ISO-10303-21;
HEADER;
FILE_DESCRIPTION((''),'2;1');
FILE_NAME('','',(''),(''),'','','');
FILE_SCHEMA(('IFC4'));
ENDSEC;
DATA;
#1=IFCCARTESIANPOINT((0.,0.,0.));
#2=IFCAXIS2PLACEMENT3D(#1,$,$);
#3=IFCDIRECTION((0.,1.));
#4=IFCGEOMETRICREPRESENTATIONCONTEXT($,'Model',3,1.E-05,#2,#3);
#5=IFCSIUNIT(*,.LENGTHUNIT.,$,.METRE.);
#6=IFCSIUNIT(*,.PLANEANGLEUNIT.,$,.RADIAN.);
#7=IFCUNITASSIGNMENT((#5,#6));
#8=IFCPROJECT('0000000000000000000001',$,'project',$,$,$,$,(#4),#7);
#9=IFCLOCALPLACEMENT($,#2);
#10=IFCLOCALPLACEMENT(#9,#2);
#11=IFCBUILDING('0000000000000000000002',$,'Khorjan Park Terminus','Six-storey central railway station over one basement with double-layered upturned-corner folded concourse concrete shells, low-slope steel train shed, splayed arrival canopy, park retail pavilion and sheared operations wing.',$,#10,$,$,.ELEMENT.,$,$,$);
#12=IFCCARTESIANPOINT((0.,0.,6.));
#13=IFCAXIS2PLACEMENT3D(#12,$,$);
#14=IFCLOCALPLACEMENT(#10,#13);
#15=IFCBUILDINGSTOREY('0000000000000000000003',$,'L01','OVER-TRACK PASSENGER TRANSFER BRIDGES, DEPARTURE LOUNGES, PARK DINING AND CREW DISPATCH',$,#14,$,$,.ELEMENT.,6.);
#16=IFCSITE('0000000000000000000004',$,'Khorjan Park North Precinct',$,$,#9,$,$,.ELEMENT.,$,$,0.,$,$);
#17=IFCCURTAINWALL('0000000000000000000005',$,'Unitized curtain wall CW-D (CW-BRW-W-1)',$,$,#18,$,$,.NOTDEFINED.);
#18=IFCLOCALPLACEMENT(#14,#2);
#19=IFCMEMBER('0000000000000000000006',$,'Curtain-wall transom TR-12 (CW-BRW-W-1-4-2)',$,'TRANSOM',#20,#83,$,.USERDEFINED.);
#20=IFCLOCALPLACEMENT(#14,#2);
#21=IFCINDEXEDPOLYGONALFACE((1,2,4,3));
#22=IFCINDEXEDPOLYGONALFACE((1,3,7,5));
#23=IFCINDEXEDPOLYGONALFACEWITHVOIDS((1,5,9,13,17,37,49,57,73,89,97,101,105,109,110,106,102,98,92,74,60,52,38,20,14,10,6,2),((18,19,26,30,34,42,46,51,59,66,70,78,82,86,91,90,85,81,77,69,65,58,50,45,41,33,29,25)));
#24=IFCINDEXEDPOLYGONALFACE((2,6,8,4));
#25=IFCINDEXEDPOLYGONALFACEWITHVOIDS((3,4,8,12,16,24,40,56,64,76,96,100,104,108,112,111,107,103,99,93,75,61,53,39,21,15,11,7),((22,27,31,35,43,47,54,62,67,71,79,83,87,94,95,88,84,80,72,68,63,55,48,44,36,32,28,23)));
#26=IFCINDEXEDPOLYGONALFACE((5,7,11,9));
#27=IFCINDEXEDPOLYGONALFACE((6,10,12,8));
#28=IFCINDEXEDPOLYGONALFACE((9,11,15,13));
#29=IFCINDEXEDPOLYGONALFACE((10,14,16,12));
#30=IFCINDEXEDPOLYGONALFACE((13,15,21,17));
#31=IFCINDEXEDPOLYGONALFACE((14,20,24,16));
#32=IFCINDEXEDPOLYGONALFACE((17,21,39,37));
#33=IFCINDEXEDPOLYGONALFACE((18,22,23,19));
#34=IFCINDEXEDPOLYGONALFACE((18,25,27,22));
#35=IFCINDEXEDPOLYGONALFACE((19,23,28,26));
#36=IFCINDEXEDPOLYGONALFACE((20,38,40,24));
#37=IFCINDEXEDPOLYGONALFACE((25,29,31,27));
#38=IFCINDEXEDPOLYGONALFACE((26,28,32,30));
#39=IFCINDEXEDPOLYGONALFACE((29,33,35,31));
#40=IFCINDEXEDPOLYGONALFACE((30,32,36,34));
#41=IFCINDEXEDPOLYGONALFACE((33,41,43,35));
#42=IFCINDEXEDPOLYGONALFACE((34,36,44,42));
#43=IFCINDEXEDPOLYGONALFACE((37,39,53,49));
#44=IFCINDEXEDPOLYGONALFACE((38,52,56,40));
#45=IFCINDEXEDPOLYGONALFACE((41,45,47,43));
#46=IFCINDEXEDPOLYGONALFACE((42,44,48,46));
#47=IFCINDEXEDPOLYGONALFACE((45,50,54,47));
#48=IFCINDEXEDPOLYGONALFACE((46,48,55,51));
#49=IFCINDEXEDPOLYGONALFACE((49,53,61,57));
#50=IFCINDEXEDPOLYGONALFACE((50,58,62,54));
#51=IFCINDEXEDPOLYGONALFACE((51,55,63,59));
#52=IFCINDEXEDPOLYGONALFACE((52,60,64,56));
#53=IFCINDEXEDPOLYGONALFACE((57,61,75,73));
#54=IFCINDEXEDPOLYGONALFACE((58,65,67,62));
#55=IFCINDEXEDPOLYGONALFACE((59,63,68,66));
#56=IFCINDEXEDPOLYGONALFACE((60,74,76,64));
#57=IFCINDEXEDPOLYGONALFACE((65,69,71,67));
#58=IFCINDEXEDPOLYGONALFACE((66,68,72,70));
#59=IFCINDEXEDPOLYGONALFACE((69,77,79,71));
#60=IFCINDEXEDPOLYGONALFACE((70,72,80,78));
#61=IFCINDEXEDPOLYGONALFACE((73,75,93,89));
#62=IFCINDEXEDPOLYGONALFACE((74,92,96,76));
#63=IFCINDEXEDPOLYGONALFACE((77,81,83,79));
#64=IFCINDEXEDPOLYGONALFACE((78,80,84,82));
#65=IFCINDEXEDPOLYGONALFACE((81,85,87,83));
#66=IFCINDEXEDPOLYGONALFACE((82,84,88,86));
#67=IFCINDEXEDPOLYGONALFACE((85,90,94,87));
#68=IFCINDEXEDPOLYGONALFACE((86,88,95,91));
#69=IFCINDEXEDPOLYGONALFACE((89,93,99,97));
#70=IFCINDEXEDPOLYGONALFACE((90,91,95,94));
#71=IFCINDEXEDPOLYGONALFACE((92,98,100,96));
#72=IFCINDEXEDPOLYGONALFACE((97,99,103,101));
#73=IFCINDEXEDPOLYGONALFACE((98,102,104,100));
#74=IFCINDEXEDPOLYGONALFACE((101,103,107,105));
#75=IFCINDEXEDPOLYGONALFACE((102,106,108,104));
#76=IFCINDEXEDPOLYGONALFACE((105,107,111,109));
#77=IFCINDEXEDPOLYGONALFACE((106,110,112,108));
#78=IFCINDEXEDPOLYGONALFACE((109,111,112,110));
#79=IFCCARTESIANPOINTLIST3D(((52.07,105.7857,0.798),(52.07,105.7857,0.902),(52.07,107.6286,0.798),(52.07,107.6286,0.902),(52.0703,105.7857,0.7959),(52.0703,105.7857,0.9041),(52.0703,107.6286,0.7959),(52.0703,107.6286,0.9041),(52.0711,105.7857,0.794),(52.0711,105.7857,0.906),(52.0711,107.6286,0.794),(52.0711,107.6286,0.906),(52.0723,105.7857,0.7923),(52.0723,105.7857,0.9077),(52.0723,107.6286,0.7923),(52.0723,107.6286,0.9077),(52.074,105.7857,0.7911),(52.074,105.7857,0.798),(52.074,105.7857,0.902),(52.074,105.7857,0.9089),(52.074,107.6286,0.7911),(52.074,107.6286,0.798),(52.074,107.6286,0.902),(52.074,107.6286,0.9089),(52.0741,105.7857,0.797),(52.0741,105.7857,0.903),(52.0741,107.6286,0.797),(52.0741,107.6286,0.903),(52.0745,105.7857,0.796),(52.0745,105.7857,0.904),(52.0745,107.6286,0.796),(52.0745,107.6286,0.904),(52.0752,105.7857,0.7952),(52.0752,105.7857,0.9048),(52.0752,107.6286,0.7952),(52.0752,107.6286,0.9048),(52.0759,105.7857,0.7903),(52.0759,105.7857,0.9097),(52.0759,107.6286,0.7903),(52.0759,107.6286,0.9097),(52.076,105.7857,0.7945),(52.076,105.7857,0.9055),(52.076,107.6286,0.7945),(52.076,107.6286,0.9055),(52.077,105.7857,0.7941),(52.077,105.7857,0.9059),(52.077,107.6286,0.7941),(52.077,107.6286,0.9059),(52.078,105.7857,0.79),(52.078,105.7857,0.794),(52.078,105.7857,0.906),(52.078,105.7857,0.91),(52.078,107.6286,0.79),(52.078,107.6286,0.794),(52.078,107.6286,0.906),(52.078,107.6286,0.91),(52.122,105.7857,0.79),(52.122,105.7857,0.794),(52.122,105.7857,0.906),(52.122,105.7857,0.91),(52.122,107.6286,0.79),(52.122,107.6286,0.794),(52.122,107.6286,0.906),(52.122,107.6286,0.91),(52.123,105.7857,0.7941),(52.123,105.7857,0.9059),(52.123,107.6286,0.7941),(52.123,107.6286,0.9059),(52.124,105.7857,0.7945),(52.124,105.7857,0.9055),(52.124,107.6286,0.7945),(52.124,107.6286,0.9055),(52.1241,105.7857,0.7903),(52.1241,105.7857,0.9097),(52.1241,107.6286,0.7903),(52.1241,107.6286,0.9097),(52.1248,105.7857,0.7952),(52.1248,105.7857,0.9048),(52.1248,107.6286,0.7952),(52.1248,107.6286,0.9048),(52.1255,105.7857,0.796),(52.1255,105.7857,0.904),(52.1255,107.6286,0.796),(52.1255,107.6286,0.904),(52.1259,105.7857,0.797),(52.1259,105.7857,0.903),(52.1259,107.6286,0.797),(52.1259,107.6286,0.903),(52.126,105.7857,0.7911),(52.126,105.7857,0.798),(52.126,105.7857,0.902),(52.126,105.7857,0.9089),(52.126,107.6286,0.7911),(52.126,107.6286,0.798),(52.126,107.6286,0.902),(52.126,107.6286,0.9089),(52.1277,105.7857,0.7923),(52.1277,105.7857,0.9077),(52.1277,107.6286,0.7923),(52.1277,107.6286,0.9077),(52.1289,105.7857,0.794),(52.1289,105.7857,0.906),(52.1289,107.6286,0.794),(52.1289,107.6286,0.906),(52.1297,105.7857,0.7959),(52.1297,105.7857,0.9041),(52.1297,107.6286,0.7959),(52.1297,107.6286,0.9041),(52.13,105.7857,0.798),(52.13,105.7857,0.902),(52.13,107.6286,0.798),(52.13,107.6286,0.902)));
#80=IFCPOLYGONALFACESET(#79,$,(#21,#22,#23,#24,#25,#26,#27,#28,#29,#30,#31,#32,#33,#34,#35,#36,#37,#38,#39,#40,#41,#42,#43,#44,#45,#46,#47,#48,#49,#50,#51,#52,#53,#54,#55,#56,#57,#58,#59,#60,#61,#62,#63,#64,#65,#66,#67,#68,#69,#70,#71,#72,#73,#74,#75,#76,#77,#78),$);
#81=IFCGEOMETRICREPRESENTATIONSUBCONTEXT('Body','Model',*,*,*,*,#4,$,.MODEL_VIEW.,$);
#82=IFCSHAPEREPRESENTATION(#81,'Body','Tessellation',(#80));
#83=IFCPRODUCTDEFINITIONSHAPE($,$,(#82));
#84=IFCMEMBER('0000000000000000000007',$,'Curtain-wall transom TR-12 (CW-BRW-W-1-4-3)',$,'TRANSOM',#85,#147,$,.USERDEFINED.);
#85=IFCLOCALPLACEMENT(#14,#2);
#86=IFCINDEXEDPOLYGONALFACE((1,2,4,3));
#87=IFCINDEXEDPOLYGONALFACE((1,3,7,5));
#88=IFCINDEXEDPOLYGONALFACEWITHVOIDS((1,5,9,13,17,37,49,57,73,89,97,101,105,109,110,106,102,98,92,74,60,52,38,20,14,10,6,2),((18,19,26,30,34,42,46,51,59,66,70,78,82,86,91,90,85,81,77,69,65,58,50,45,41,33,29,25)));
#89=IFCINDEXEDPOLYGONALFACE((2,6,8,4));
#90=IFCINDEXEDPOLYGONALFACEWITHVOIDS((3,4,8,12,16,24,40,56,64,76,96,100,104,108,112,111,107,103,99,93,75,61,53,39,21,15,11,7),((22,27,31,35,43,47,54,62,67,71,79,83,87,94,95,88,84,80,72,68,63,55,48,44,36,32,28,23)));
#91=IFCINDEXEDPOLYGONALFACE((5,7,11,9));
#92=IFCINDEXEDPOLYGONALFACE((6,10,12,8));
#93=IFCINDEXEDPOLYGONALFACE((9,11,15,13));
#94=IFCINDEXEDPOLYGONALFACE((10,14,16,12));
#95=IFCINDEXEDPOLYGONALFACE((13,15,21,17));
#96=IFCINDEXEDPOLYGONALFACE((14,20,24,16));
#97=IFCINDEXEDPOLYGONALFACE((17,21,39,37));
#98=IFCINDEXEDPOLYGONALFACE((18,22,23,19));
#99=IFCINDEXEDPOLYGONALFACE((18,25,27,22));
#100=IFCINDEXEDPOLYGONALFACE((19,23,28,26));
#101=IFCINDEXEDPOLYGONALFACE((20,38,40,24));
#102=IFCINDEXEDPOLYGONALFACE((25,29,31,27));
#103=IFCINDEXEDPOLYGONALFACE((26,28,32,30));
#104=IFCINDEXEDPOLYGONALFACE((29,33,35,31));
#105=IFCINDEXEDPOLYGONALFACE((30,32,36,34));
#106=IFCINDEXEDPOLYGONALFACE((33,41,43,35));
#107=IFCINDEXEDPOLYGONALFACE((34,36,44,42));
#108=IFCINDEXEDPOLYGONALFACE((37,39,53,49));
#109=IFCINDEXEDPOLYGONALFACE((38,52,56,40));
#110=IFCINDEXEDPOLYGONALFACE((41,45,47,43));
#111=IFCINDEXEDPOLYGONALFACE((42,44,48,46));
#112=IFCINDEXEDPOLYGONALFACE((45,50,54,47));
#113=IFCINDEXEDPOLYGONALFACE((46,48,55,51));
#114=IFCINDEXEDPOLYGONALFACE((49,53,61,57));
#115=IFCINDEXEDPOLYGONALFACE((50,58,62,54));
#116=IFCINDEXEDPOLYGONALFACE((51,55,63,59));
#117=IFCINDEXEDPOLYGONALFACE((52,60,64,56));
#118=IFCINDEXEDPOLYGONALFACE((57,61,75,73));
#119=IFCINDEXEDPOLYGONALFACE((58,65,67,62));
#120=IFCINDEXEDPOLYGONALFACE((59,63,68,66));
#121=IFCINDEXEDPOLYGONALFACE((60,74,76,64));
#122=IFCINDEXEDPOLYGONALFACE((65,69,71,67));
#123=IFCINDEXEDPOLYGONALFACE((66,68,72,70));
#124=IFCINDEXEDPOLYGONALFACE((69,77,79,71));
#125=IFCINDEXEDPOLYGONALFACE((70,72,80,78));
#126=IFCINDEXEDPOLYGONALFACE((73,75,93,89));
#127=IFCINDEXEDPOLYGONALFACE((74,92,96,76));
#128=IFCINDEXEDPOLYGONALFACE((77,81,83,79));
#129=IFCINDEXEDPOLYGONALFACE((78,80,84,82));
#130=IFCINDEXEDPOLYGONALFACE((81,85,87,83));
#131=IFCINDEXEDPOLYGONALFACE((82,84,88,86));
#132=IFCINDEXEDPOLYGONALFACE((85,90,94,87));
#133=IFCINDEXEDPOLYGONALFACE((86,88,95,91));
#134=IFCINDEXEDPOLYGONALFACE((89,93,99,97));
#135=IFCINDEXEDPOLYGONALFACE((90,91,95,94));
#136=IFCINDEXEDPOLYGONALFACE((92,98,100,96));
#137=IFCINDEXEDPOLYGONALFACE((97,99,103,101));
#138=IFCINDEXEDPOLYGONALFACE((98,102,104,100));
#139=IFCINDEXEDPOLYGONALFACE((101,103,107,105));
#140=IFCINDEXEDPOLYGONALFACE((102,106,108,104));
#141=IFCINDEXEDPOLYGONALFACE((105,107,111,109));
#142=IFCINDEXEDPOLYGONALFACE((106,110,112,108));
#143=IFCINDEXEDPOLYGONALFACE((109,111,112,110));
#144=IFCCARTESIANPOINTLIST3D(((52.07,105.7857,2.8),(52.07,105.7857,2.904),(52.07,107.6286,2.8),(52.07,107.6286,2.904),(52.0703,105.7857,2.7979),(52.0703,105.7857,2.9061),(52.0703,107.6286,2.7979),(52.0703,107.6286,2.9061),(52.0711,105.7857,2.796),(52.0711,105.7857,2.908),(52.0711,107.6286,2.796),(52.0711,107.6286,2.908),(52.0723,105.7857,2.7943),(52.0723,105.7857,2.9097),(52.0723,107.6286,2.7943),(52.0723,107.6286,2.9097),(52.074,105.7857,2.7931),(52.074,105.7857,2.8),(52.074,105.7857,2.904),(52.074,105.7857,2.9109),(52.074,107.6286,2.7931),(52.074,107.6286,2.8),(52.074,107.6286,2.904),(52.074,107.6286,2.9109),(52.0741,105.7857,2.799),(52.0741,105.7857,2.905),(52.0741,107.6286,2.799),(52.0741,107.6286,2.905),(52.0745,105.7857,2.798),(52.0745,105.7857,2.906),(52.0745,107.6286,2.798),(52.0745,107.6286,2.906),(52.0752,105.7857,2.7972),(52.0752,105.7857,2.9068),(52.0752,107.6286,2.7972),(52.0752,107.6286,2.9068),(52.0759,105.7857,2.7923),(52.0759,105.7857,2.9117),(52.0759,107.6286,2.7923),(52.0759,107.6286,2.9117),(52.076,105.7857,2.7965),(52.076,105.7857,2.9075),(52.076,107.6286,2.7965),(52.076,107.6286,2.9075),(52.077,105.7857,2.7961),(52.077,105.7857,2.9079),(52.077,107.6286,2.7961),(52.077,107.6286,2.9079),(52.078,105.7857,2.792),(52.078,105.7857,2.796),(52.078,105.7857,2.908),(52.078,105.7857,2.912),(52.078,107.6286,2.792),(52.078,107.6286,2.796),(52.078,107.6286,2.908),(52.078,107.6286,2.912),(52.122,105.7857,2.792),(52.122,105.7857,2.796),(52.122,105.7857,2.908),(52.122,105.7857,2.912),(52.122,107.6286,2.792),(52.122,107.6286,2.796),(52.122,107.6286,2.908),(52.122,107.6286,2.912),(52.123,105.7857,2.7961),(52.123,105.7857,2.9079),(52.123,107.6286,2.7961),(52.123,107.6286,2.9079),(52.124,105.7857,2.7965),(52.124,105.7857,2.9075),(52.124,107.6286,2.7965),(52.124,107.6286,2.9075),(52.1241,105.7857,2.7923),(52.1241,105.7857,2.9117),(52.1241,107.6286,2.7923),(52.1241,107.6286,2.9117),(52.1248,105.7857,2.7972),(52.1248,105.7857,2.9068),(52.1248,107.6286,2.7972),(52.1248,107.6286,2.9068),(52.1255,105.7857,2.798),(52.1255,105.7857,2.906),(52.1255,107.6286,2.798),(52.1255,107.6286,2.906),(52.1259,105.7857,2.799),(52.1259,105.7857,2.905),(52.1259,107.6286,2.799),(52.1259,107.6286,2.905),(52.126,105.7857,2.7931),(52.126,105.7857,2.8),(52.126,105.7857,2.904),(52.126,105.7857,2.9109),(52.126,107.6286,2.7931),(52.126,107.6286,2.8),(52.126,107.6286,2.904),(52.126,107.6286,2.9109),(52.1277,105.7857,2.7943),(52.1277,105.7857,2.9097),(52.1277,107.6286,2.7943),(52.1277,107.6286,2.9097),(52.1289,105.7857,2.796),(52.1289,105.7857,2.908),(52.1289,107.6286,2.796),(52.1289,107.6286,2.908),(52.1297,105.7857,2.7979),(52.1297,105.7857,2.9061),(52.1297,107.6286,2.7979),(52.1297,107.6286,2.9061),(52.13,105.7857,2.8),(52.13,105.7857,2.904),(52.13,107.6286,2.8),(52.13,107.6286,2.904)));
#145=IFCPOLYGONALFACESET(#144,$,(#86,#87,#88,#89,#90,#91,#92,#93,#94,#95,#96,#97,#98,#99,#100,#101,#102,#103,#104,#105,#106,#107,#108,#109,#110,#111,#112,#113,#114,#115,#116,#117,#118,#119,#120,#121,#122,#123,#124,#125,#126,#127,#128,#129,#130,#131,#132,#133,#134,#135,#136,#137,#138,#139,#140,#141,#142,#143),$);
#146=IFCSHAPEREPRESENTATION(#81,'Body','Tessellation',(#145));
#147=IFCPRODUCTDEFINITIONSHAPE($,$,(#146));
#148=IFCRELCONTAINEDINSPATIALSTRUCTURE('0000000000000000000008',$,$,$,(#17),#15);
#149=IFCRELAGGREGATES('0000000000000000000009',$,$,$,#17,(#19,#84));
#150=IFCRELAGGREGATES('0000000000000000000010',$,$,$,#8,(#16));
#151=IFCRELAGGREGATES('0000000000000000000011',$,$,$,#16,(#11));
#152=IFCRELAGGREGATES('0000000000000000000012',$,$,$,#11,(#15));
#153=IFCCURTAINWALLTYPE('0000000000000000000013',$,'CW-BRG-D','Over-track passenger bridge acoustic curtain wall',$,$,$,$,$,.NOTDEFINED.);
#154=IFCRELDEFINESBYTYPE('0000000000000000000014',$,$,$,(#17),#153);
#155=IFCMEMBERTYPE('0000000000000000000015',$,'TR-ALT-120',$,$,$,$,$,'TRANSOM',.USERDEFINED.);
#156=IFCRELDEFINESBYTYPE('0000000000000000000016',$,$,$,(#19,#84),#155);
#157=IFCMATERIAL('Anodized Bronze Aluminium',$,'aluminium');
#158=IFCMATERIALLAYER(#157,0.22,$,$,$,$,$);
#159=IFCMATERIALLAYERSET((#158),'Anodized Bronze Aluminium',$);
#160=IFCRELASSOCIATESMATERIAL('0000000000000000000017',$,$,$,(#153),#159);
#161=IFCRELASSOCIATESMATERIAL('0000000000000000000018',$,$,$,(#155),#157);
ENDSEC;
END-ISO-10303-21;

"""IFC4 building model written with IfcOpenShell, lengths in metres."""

from ifc_helpers import new_model, si_unit, direction, frame, origin, origin_2d, place, context, subcontext, project, spatial, hollow_rectangle, extrude, material, layer, layer_set, material_profile, profile_set, type_object, element, aggregate, save


model = new_model("IFC4")

# Units and contexts
model_context = context("Model", 3, precision=1e-05, world=origin(), true_north=direction((0.0, 1.0)))
body_context = subcontext(model_context, "Body", "Model", "MODEL_VIEW")
ifc_project = project(units=[si_unit("LENGTHUNIT", "METRE"), si_unit("PLANEANGLEUNIT", "RADIAN")], contexts=[model_context])

# Site, building, storey
site_placement = place(None, origin())
site = spatial("IfcSite", under=ifc_project, at=site_placement, Name="Khorjan Park North Precinct", CompositionType="ELEMENT", RefElevation=0.0)
building_placement = place(site_placement, origin())
building = spatial("IfcBuilding", under=site, at=building_placement, Name="Khorjan Park Terminus", Description="Six-storey central railway station over one basement with double-layered upturned-corner folded concourse concrete shells, low-slope steel train shed, splayed arrival canopy, park retail pavilion and sheared operations wing.", CompositionType="ELEMENT")
storey_placement = place(building_placement, frame((0.0, 0.0, 6.0)))
storey = spatial("IfcBuildingStorey", under=building, at=storey_placement, Name="L01", Description="OVER-TRACK PASSENGER TRANSFER BRIDGES, DEPARTURE LOUNGES, PARK DINING AND CREW DISPATCH", CompositionType="ELEMENT", Elevation=6.0)

# Curtain wall, members
ifc_material_1 = material(Name="Anodized Bronze Aluminium", Category="aluminium")
ifc_layer_1 = layer(ifc_material_1, 0.22)
ifc_layer_set_1 = layer_set([ifc_layer_1], Name="Anodized Bronze Aluminium")
curtain_wall_type = type_object("IfcCurtainWallType", Name="CW-BRG-D", Description="Over-track passenger bridge acoustic curtain wall", PredefinedType="NOTDEFINED", material=ifc_layer_set_1)
curtain_wall_placement = place(storey_placement, origin())
curtain_wall = element("IfcCurtainWall", 1, at=curtain_wall_placement, inside=storey, type_object=curtain_wall_type, Name="Unitized curtain wall CW-D (CW-BRW-W-1)", PredefinedType="NOTDEFINED")
ifc_material_profile_1 = material_profile(ifc_material_1, hollow_rectangle(XDim=0.06, YDim=0.12, WallThickness=0.004, InnerFilletRadius=0.004, OuterFilletRadius=0.008, at=origin_2d()), Name="ALT 60x120x4")
ifc_profile_set_1 = profile_set([ifc_material_profile_1], Name="Anodized Bronze Aluminium")
member_type_1 = type_object("IfcMemberType", Name="TR-ALT-120", ElementType="TRANSOM", PredefinedType="USERDEFINED", material=ifc_profile_set_1)
member_1_placement = place(storey_placement, frame((52.1, 107.6286, 0.85), z_axis=(0.0, -1.0, 0.0), x_axis=(1.0, 0.0, 0.0)))
member_1 = element("IfcMember", 2, at=member_1_placement, type_object=member_type_1, Name="Curtain-wall transom TR-12 (CW-BRW-W-1-4-2)", ObjectType="TRANSOM", PredefinedType="USERDEFINED", context=body_context, shape_type="SweptSolid", body=[
    extrude(hollow_rectangle(XDim=0.06, YDim=0.12, WallThickness=0.004, InnerFilletRadius=0.004, OuterFilletRadius=0.008, at=origin_2d()), origin(), (0.0, 0.0, 1.0), 1.8429),
])
member_2_placement = place(storey_placement, frame((52.1, 107.6286, 2.852), z_axis=(0.0, -1.0, 0.0), x_axis=(1.0, 0.0, 0.0)))
member_2 = element("IfcMember", 3, at=member_2_placement, type_object=member_type_1, Name="Curtain-wall transom TR-12 (CW-BRW-W-1-4-3)", ObjectType="TRANSOM", PredefinedType="USERDEFINED", context=body_context, shape_type="SweptSolid", body=[
    extrude(hollow_rectangle(XDim=0.06, YDim=0.12, WallThickness=0.004, InnerFilletRadius=0.004, OuterFilletRadius=0.008, at=origin_2d()), origin(), (0.0, 0.0, 1.0), 1.8429),
])
aggregate(curtain_wall, [member_1, member_2])

save(model, "model.ifc")
